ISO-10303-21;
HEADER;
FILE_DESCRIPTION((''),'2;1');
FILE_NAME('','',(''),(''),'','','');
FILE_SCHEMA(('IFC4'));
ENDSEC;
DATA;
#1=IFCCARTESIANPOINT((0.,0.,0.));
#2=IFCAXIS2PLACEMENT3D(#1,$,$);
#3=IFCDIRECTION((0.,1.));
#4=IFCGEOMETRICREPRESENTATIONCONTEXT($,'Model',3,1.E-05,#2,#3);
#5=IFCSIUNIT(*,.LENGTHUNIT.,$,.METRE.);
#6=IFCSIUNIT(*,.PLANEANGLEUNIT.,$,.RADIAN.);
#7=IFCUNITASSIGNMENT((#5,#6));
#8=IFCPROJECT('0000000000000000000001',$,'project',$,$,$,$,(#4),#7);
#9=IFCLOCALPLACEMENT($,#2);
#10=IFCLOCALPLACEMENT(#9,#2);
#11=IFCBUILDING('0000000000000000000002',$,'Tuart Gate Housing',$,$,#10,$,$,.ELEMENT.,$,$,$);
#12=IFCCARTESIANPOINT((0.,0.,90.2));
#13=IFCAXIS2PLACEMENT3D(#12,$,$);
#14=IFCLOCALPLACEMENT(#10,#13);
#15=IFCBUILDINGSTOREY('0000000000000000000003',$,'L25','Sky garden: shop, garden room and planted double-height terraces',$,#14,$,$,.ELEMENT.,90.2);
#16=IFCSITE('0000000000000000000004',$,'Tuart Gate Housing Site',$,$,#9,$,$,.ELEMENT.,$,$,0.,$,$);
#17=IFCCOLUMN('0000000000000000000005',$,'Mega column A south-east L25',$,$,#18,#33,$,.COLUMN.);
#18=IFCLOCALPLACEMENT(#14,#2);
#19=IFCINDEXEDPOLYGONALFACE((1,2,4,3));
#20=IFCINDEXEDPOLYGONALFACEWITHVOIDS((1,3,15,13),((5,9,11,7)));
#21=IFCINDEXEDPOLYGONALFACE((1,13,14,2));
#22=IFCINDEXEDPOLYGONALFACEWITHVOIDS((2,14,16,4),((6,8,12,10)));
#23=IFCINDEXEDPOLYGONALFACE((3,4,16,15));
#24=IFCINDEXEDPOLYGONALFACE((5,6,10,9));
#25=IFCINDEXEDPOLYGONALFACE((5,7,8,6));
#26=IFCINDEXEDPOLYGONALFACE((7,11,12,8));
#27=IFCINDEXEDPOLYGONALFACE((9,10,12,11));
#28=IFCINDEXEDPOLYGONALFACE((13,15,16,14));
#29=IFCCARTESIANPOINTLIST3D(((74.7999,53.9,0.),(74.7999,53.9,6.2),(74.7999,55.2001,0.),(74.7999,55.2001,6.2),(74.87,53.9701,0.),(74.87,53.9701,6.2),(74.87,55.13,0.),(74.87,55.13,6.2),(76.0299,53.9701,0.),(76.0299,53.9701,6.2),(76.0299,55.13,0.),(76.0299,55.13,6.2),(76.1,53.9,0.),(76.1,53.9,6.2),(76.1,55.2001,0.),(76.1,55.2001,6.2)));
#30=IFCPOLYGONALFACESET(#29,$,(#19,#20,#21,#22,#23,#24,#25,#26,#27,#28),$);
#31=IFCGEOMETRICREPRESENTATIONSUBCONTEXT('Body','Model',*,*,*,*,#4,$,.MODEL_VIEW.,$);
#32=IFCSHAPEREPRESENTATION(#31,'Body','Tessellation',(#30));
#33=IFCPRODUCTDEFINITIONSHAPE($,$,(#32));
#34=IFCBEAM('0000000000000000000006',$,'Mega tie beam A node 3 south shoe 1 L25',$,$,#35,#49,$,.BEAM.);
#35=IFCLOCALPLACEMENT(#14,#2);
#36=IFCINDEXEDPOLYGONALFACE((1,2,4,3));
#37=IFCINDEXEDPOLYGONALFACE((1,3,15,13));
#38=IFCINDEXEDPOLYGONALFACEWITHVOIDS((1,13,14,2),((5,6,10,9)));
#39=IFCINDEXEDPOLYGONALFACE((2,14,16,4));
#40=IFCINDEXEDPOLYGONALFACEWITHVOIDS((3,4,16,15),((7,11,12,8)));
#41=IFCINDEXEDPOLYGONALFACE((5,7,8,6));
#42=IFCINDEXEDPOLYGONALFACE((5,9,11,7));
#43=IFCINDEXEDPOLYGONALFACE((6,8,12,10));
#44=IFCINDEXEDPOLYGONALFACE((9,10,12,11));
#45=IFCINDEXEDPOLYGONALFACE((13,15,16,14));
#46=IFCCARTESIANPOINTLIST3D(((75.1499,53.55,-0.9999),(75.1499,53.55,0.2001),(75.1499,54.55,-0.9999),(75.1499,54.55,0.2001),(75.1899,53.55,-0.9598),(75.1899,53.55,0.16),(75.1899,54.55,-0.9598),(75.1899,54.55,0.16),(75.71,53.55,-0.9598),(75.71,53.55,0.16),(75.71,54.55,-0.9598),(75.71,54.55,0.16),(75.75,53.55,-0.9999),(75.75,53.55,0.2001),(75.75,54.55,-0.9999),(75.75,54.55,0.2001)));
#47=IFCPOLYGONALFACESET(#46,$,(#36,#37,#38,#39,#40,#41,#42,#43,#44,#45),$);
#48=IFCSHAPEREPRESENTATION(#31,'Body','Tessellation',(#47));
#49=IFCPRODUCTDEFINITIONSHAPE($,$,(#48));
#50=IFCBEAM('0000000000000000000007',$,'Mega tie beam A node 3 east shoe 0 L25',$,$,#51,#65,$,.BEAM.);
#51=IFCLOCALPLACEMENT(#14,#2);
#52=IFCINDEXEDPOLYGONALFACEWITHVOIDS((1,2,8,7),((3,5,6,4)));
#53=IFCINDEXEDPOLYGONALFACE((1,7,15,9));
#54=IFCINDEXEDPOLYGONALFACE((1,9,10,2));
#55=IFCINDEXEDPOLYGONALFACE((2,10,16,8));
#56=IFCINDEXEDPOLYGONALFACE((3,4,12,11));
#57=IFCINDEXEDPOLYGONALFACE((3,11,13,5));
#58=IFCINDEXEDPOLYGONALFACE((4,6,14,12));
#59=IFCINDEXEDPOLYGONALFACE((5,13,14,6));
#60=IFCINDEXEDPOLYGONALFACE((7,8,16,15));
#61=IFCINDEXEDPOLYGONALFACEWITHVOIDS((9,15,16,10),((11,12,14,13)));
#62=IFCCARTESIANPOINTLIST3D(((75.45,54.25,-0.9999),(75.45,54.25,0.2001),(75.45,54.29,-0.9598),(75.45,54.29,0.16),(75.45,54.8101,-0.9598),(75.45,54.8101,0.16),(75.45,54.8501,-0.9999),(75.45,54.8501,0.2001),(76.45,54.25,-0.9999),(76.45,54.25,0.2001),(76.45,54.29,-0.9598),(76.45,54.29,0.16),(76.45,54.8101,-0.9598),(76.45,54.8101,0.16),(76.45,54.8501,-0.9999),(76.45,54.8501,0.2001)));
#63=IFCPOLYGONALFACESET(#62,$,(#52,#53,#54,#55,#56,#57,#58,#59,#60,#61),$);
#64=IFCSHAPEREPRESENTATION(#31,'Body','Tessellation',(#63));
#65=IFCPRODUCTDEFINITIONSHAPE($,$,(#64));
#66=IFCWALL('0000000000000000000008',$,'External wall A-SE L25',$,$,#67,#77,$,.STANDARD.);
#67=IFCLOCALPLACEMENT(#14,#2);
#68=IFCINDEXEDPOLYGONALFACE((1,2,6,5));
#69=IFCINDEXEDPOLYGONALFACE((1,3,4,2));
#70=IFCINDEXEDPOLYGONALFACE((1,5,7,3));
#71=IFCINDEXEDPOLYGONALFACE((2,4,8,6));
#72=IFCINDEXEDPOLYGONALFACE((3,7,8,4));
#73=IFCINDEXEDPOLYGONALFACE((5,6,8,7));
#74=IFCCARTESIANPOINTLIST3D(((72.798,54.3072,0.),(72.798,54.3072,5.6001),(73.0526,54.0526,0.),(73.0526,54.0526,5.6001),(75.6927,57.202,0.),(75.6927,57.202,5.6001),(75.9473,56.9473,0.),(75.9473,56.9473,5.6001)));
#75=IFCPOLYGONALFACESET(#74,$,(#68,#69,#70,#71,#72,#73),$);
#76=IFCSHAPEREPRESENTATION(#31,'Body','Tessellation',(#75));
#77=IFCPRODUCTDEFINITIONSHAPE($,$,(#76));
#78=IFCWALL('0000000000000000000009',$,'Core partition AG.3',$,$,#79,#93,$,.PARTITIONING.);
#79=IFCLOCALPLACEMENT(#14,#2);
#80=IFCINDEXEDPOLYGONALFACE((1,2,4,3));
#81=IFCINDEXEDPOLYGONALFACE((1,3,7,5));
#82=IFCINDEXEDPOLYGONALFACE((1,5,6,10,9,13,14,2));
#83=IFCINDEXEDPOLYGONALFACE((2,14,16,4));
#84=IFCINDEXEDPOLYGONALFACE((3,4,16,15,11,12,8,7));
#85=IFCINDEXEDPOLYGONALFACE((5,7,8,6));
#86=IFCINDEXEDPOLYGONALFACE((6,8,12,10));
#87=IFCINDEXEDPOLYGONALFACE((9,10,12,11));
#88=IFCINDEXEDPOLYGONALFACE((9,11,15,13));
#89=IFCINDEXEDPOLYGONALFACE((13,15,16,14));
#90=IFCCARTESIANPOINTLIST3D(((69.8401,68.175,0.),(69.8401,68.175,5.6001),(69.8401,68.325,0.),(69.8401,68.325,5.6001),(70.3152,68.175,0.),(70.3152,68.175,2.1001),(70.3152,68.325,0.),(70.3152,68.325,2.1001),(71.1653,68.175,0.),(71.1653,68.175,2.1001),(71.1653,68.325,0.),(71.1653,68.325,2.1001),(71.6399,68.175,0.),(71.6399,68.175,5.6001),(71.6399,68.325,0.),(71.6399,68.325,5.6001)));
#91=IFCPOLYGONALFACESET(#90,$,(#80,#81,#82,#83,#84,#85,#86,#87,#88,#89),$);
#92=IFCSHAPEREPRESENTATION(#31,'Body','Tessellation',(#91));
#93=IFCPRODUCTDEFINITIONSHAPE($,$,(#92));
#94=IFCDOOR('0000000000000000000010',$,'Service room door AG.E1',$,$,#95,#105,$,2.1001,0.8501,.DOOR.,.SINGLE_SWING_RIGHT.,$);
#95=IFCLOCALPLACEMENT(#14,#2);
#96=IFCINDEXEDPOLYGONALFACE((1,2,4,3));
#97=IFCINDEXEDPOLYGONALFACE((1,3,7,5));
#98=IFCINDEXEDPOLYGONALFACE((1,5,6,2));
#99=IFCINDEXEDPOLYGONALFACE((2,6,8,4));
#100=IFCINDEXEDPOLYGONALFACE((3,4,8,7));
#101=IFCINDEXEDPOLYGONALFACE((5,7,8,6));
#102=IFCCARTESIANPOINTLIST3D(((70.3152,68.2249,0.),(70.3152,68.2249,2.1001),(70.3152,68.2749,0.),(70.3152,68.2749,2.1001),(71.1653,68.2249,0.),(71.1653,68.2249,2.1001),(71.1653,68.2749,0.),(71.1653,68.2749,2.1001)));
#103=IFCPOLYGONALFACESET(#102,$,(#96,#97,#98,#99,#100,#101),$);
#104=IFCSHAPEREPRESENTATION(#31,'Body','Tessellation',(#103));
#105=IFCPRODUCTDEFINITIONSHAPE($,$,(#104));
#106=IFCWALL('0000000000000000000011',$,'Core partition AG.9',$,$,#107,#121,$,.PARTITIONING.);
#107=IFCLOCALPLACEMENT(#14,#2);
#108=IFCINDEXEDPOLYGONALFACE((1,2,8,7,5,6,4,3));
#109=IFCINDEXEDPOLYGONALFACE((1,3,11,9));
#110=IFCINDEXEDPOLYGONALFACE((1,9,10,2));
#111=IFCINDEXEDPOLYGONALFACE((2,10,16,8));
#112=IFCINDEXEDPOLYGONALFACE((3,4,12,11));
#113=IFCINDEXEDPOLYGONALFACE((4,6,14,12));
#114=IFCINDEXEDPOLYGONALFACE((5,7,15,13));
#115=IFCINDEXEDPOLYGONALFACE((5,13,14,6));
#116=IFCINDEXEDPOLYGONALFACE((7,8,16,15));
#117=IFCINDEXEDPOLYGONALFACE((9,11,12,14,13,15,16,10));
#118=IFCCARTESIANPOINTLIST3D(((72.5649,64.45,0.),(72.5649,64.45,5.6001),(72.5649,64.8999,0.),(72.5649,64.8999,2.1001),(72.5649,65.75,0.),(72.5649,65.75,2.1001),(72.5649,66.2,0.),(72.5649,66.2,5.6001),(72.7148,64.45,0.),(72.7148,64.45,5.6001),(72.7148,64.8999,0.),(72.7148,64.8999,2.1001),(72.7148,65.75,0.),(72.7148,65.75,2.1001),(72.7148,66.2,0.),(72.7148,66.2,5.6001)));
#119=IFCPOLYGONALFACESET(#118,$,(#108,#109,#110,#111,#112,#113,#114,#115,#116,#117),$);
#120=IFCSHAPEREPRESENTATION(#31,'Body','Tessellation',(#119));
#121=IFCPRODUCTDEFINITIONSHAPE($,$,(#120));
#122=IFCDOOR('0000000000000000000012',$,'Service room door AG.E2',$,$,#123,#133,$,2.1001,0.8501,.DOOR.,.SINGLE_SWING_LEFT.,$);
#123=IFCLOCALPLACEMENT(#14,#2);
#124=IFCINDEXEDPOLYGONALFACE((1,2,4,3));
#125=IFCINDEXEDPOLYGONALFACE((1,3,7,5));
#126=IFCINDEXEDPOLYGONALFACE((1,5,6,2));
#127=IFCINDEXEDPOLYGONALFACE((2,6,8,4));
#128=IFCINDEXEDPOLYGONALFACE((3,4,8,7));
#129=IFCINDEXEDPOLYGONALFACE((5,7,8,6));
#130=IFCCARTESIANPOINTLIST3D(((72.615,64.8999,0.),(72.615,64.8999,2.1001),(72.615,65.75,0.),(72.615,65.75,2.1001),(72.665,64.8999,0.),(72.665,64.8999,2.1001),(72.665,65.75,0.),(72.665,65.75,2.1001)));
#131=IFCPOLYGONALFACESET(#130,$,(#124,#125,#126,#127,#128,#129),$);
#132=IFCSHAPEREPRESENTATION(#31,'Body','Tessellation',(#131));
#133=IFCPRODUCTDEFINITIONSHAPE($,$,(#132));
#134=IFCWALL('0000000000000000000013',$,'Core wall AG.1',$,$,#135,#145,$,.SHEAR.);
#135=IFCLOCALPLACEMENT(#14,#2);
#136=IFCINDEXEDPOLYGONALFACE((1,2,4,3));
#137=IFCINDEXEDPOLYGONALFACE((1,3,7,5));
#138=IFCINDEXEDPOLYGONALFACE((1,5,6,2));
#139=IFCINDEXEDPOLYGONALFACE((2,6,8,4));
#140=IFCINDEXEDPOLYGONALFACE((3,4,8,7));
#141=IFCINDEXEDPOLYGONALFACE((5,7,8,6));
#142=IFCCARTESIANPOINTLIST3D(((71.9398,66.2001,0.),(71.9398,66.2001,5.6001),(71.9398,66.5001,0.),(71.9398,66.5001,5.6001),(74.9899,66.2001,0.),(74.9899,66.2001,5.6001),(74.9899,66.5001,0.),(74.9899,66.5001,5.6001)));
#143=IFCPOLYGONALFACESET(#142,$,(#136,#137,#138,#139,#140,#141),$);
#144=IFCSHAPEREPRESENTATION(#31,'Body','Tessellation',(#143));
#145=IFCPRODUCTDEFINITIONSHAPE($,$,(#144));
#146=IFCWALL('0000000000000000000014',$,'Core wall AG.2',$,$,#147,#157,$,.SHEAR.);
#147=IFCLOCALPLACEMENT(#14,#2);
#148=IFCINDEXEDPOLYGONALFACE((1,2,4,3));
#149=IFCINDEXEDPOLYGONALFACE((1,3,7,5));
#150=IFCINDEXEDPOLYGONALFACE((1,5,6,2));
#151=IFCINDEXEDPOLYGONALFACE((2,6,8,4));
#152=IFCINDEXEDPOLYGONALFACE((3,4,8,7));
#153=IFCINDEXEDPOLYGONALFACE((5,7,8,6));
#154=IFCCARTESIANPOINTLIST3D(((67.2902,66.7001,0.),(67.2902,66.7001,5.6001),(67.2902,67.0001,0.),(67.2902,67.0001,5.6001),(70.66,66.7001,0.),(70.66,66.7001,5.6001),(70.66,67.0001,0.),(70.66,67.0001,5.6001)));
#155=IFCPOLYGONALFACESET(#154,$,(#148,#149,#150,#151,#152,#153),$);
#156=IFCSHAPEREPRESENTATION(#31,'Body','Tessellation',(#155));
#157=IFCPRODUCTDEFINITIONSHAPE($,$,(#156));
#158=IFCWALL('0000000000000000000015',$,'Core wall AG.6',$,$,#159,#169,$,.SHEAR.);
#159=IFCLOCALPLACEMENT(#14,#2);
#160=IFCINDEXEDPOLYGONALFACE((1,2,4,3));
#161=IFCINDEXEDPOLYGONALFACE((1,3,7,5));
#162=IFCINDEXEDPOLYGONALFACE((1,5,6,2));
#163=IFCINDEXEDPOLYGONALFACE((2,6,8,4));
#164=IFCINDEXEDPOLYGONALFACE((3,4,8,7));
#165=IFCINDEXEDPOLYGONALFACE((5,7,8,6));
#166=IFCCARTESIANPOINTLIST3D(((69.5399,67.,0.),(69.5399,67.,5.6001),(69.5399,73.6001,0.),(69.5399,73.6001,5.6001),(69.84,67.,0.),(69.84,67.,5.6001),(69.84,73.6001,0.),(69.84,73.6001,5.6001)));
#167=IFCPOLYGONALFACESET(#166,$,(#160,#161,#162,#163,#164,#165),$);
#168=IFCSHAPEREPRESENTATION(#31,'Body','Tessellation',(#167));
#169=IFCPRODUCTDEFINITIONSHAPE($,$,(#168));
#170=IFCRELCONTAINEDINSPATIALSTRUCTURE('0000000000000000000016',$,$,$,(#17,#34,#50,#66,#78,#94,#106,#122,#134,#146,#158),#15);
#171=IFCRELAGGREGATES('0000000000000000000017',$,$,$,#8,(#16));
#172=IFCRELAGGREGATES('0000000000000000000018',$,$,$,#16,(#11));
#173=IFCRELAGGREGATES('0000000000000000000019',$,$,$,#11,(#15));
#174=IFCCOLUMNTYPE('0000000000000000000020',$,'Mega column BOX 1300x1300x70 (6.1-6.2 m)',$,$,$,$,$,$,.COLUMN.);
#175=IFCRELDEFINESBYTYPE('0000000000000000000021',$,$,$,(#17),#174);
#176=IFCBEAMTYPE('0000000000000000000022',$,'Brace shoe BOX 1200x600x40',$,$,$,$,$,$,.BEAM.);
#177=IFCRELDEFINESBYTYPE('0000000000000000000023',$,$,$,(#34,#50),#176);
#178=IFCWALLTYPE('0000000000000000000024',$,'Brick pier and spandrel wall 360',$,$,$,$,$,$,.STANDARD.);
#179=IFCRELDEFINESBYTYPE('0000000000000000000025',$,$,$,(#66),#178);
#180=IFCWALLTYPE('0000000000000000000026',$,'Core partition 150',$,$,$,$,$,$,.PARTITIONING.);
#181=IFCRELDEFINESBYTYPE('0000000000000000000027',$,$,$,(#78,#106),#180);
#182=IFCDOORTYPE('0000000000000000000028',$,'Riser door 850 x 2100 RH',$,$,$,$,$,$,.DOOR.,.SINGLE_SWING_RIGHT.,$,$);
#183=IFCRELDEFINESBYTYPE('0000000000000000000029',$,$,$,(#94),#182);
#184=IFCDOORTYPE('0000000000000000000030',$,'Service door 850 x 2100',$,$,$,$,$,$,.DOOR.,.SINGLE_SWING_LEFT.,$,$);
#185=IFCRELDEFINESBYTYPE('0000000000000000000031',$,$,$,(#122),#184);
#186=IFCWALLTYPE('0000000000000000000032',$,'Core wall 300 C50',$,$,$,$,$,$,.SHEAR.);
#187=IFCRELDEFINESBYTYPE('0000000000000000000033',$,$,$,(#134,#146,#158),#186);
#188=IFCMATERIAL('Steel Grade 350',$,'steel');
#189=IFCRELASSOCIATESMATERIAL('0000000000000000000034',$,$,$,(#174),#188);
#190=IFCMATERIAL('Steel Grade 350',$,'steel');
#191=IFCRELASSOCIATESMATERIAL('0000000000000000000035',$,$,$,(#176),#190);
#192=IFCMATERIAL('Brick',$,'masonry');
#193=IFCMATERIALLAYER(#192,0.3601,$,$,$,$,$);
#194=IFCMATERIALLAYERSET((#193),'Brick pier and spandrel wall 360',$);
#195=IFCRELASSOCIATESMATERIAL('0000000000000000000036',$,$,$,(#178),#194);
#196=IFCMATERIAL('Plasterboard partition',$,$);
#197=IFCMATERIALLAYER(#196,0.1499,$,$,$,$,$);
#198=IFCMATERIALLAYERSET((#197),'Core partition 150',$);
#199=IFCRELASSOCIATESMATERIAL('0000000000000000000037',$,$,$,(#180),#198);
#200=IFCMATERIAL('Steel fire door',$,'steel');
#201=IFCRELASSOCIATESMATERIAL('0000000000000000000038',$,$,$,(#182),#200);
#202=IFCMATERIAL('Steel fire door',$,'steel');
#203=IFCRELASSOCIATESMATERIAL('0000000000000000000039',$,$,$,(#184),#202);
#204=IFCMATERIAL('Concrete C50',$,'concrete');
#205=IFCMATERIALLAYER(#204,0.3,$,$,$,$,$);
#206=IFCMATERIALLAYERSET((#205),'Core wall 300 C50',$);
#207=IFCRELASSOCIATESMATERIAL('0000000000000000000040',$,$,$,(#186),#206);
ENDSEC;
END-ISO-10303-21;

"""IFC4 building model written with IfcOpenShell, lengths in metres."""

from ifc_helpers import new_model, si_unit, direction, frame, frame_2d, origin, origin_2d, place, context, subcontext, project, spatial, rectangle, hollow_rectangle, extrude, material, layer, layer_set, material_profile, profile_set, type_object, element, fill, save


model = new_model("IFC4")

# Units and contexts
model_context = context("Model", 3, precision=1e-05, world=origin(), true_north=direction((0.0, 1.0)))
body_context = subcontext(model_context, "Body", "Model", "MODEL_VIEW")
ifc_project = project(units=[si_unit("LENGTHUNIT", "METRE"), si_unit("PLANEANGLEUNIT", "RADIAN")], contexts=[model_context])

# Site, building, storey
site_placement = place(None, origin())
site = spatial("IfcSite", under=ifc_project, at=site_placement, Name="Tuart Gate Housing Site", CompositionType="ELEMENT", RefElevation=0.0)
building_placement = place(site_placement, origin())
building = spatial("IfcBuilding", under=site, at=building_placement, Name="Tuart Gate Housing", CompositionType="ELEMENT")
storey_placement = place(building_placement, frame((0.0, 0.0, 90.2)))
storey = spatial("IfcBuildingStorey", under=building, at=storey_placement, Name="L25", Description="Sky garden: shop, garden room and planted double-height terraces", CompositionType="ELEMENT", Elevation=90.2)

# Column
ifc_material_1 = material(Name="Steel Grade 350", Category="steel")
ifc_material_profile_1 = material_profile(ifc_material_1, hollow_rectangle(XDim=1.3, YDim=1.3, WallThickness=0.0701, at=origin_2d()), Name="BOX 1300x1300x70")
ifc_profile_set_1 = profile_set([ifc_material_profile_1], Name="Steel Grade 350")
column_type = type_object("IfcColumnType", Name="Mega column BOX 1300x1300x70 (6.1-6.2 m)", PredefinedType="COLUMN", material=ifc_profile_set_1)
column_placement = place(storey_placement, frame((75.45, 54.55, 0.0), z_axis=(0.0, 0.0, 1.0), x_axis=(1.0, 0.0, 0.0)))
element("IfcColumn", 1, at=column_placement, inside=storey, type_object=column_type, Name="Mega column A south-east L25", PredefinedType="COLUMN", context=body_context, shape_type="SweptSolid", body=[
    extrude(hollow_rectangle(XDim=1.3, YDim=1.3, WallThickness=0.0701, at=origin_2d()), origin(), (0.0, 0.0, 1.0), 6.2),
])

# Beams
ifc_material_2 = material(Name="Steel Grade 350", Category="steel")
ifc_material_profile_2 = material_profile(ifc_material_2, hollow_rectangle(XDim=0.6001, YDim=1.2, WallThickness=0.04, at=origin_2d()), Name="BOX 1200x600x40")
ifc_profile_set_2 = profile_set([ifc_material_profile_2], Name="Steel Grade 350")
beam_type = type_object("IfcBeamType", Name="Brace shoe BOX 1200x600x40", PredefinedType="BEAM", material=ifc_profile_set_2)
for number, where, z_axis, x_axis, name in (
    (2, (75.45, 54.55, -0.3999), (0.0, -1.0, 0.0), (1.0, 0.0, 0.0), "Mega tie beam A node 3 south shoe 1 L25"),
    (3, (75.45, 54.55, -0.3999), (1.0, 0.0, 0.0), (0.0, 1.0, 0.0), "Mega tie beam A node 3 east shoe 0 L25"),
):
    element("IfcBeam", number, at=place(storey_placement, frame(where, z_axis=z_axis, x_axis=x_axis)), inside=storey, type_object=beam_type, Name=name, PredefinedType="BEAM", context=body_context, shape_type="SweptSolid", body=[
        extrude(hollow_rectangle(XDim=0.6001, YDim=1.2, WallThickness=0.04, at=origin_2d()), origin(), (0.0, 0.0, 1.0), 1.0),
    ])

# Wall
ifc_material_3 = material(Name="Brick", Category="masonry")
ifc_layer_1 = layer(ifc_material_3, 0.3601)
ifc_layer_set_1 = layer_set([ifc_layer_1], Name="Brick pier and spandrel wall 360")
wall_type_1 = type_object("IfcWallType", Name="Brick pier and spandrel wall 360", PredefinedType="STANDARD", material=ifc_layer_set_1)
wall_1_placement = place(storey_placement, frame((72.9253, 54.1799, 0.0), z_axis=(0.0, 0.0, 1.0), x_axis=(0.707107, 0.707107, 0.0)))
element("IfcWall", 4, at=wall_1_placement, inside=storey, type_object=wall_type_1, Name="External wall A-SE L25", PredefinedType="STANDARD", context=body_context, shape_type="SweptSolid", body=[
    extrude(rectangle(XDim=4.0938, YDim=0.3601, at=frame_2d((2.0469, 0.0))), origin(), (0.0, 0.0, 1.0), 5.6001),
])

# Walls, openings, doors
ifc_material_4 = material(Name="Plasterboard partition")
ifc_layer_2 = layer(ifc_material_4, 0.1499)
ifc_layer_set_2 = layer_set([ifc_layer_2], Name="Core partition 150")
wall_type_2 = type_object("IfcWallType", Name="Core partition 150", PredefinedType="PARTITIONING", material=ifc_layer_set_2)
wall_2_placement = place(storey_placement, frame((69.8401, 68.25, 0.0), z_axis=(0.0, 0.0, 1.0), x_axis=(1.0, 0.0, 0.0)))
wall_2 = element("IfcWall", 5, at=wall_2_placement, inside=storey, type_object=wall_type_2, Name="Core partition AG.3", PredefinedType="PARTITIONING", context=body_context, shape_type="SweptSolid", body=[
    extrude(rectangle(XDim=1.7998, YDim=0.1499, at=frame_2d((0.8999, 0.0))), origin(), (0.0, 0.0, 1.0), 5.6001),
])
opening_1_placement = place(wall_2_placement, frame((0.4751, 0.0, 0.0)))
opening_1 = element("IfcOpeningElement", 6, at=opening_1_placement, cuts=wall_2, PredefinedType="OPENING", context=body_context, shape_type="SweptSolid", body=[
    extrude(rectangle(XDim=0.8501, YDim=2.1001, at=frame_2d((0.425, 1.05))), frame((0.0, 0.085, 0.0), z_axis=(0.0, -1.0, 0.0), x_axis=(1.0, 0.0, 0.0)), (0.0, 0.0, 1.0), 0.1699),
])
ifc_material_5 = material(Name="Steel fire door", Category="steel")
door_type_1 = type_object("IfcDoorType", Name="Riser door 850 x 2100 RH", OperationType="SINGLE_SWING_RIGHT", PredefinedType="DOOR", material=ifc_material_5)
door_1_placement = place(opening_1_placement, frame((0.8501, 0.0, 0.0), z_axis=(0.0, 0.0, 1.0), x_axis=(-1.0, 0.0, 0.0)))
door_1 = element("IfcDoor", 7, at=door_1_placement, inside=storey, type_object=door_type_1, Name="Service room door AG.E1", OperationType="SINGLE_SWING_RIGHT", OverallHeight=2.1001, OverallWidth=0.8501, PredefinedType="DOOR", context=body_context, shape_type="SweptSolid", body=[
    extrude(rectangle(XDim=0.8501, YDim=2.1001, at=frame_2d((0.425, 1.05))), frame((0.0, 0.0251, 0.0), z_axis=(0.0, -1.0, 0.0), x_axis=(1.0, 0.0, 0.0)), (0.0, 0.0, 1.0), 0.05),
])
fill(opening_1, door_1)
wall_3_placement = place(storey_placement, frame((72.6399, 64.45, 0.0), z_axis=(0.0, 0.0, 1.0), x_axis=(0.0, 1.0, 0.0)))
wall_3 = element("IfcWall", 8, at=wall_3_placement, inside=storey, type_object=wall_type_2, Name="Core partition AG.9", PredefinedType="PARTITIONING", context=body_context, shape_type="SweptSolid", body=[
    extrude(rectangle(XDim=1.75, YDim=0.1499, at=frame_2d((0.875, 0.0))), origin(), (0.0, 0.0, 1.0), 5.6001),
])
opening_2_placement = place(wall_3_placement, frame((0.45, 0.0, 0.0)))
opening_2 = element("IfcOpeningElement", 9, at=opening_2_placement, cuts=wall_3, PredefinedType="OPENING", context=body_context, shape_type="SweptSolid", body=[
    extrude(rectangle(XDim=0.8501, YDim=2.1001, at=frame_2d((0.425, 1.05))), frame((0.0, 0.085, 0.0), z_axis=(0.0, -1.0, 0.0), x_axis=(1.0, 0.0, 0.0)), (0.0, 0.0, 1.0), 0.1699),
])
ifc_material_6 = material(Name="Steel fire door", Category="steel")
door_type_2 = type_object("IfcDoorType", Name="Service door 850 x 2100", OperationType="SINGLE_SWING_LEFT", PredefinedType="DOOR", material=ifc_material_6)
door_2_placement = place(opening_2_placement, origin())
door_2 = element("IfcDoor", 10, at=door_2_placement, inside=storey, type_object=door_type_2, Name="Service room door AG.E2", OperationType="SINGLE_SWING_LEFT", OverallHeight=2.1001, OverallWidth=0.8501, PredefinedType="DOOR", context=body_context, shape_type="SweptSolid", body=[
    extrude(rectangle(XDim=0.8501, YDim=2.1001, at=frame_2d((0.425, 1.05))), frame((0.0, 0.0249, 0.0), z_axis=(0.0, -1.0, 0.0), x_axis=(1.0, 0.0, 0.0)), (0.0, 0.0, 1.0), 0.05),
])
fill(opening_2, door_2)

# Walls
ifc_material_7 = material(Name="Concrete C50", Category="concrete")
ifc_layer_3 = layer(ifc_material_7, 0.3)
ifc_layer_set_3 = layer_set([ifc_layer_3], Name="Core wall 300 C50")
wall_type_3 = type_object("IfcWallType", Name="Core wall 300 C50", PredefinedType="SHEAR", material=ifc_layer_set_3)
wall_4_placement = place(storey_placement, frame((71.9399, 66.3501, 0.0), z_axis=(0.0, 0.0, 1.0), x_axis=(1.0, 0.0, 0.0)))
element("IfcWall", 11, at=wall_4_placement, inside=storey, type_object=wall_type_3, Name="Core wall AG.1", PredefinedType="SHEAR", context=body_context, shape_type="SweptSolid", body=[
    extrude(rectangle(XDim=3.05, YDim=0.3, at=frame_2d((1.5249, 0.0))), origin(), (0.0, 0.0, 1.0), 5.6001),
])
wall_5_placement = place(storey_placement, frame((67.29, 66.8501, 0.0), z_axis=(0.0, 0.0, 1.0), x_axis=(1.0, 0.0, 0.0)))
element("IfcWall", 12, at=wall_5_placement, inside=storey, type_object=wall_type_3, Name="Core wall AG.2", PredefinedType="SHEAR", context=body_context, shape_type="SweptSolid", body=[
    extrude(rectangle(XDim=3.3699, YDim=0.3, at=frame_2d((1.6851, 0.0))), origin(), (0.0, 0.0, 1.0), 5.6001),
])
wall_6_placement = place(storey_placement, frame((69.6899, 67.0, 0.0), z_axis=(0.0, 0.0, 1.0), x_axis=(0.0, 1.0, 0.0)))
element("IfcWall", 13, at=wall_6_placement, inside=storey, type_object=wall_type_3, Name="Core wall AG.6", PredefinedType="SHEAR", context=body_context, shape_type="SweptSolid", body=[
    extrude(rectangle(XDim=6.6001, YDim=0.3, at=frame_2d((3.3, 0.0))), origin(), (0.0, 0.0, 1.0), 5.6001),
])

save(model, "model.ifc")
